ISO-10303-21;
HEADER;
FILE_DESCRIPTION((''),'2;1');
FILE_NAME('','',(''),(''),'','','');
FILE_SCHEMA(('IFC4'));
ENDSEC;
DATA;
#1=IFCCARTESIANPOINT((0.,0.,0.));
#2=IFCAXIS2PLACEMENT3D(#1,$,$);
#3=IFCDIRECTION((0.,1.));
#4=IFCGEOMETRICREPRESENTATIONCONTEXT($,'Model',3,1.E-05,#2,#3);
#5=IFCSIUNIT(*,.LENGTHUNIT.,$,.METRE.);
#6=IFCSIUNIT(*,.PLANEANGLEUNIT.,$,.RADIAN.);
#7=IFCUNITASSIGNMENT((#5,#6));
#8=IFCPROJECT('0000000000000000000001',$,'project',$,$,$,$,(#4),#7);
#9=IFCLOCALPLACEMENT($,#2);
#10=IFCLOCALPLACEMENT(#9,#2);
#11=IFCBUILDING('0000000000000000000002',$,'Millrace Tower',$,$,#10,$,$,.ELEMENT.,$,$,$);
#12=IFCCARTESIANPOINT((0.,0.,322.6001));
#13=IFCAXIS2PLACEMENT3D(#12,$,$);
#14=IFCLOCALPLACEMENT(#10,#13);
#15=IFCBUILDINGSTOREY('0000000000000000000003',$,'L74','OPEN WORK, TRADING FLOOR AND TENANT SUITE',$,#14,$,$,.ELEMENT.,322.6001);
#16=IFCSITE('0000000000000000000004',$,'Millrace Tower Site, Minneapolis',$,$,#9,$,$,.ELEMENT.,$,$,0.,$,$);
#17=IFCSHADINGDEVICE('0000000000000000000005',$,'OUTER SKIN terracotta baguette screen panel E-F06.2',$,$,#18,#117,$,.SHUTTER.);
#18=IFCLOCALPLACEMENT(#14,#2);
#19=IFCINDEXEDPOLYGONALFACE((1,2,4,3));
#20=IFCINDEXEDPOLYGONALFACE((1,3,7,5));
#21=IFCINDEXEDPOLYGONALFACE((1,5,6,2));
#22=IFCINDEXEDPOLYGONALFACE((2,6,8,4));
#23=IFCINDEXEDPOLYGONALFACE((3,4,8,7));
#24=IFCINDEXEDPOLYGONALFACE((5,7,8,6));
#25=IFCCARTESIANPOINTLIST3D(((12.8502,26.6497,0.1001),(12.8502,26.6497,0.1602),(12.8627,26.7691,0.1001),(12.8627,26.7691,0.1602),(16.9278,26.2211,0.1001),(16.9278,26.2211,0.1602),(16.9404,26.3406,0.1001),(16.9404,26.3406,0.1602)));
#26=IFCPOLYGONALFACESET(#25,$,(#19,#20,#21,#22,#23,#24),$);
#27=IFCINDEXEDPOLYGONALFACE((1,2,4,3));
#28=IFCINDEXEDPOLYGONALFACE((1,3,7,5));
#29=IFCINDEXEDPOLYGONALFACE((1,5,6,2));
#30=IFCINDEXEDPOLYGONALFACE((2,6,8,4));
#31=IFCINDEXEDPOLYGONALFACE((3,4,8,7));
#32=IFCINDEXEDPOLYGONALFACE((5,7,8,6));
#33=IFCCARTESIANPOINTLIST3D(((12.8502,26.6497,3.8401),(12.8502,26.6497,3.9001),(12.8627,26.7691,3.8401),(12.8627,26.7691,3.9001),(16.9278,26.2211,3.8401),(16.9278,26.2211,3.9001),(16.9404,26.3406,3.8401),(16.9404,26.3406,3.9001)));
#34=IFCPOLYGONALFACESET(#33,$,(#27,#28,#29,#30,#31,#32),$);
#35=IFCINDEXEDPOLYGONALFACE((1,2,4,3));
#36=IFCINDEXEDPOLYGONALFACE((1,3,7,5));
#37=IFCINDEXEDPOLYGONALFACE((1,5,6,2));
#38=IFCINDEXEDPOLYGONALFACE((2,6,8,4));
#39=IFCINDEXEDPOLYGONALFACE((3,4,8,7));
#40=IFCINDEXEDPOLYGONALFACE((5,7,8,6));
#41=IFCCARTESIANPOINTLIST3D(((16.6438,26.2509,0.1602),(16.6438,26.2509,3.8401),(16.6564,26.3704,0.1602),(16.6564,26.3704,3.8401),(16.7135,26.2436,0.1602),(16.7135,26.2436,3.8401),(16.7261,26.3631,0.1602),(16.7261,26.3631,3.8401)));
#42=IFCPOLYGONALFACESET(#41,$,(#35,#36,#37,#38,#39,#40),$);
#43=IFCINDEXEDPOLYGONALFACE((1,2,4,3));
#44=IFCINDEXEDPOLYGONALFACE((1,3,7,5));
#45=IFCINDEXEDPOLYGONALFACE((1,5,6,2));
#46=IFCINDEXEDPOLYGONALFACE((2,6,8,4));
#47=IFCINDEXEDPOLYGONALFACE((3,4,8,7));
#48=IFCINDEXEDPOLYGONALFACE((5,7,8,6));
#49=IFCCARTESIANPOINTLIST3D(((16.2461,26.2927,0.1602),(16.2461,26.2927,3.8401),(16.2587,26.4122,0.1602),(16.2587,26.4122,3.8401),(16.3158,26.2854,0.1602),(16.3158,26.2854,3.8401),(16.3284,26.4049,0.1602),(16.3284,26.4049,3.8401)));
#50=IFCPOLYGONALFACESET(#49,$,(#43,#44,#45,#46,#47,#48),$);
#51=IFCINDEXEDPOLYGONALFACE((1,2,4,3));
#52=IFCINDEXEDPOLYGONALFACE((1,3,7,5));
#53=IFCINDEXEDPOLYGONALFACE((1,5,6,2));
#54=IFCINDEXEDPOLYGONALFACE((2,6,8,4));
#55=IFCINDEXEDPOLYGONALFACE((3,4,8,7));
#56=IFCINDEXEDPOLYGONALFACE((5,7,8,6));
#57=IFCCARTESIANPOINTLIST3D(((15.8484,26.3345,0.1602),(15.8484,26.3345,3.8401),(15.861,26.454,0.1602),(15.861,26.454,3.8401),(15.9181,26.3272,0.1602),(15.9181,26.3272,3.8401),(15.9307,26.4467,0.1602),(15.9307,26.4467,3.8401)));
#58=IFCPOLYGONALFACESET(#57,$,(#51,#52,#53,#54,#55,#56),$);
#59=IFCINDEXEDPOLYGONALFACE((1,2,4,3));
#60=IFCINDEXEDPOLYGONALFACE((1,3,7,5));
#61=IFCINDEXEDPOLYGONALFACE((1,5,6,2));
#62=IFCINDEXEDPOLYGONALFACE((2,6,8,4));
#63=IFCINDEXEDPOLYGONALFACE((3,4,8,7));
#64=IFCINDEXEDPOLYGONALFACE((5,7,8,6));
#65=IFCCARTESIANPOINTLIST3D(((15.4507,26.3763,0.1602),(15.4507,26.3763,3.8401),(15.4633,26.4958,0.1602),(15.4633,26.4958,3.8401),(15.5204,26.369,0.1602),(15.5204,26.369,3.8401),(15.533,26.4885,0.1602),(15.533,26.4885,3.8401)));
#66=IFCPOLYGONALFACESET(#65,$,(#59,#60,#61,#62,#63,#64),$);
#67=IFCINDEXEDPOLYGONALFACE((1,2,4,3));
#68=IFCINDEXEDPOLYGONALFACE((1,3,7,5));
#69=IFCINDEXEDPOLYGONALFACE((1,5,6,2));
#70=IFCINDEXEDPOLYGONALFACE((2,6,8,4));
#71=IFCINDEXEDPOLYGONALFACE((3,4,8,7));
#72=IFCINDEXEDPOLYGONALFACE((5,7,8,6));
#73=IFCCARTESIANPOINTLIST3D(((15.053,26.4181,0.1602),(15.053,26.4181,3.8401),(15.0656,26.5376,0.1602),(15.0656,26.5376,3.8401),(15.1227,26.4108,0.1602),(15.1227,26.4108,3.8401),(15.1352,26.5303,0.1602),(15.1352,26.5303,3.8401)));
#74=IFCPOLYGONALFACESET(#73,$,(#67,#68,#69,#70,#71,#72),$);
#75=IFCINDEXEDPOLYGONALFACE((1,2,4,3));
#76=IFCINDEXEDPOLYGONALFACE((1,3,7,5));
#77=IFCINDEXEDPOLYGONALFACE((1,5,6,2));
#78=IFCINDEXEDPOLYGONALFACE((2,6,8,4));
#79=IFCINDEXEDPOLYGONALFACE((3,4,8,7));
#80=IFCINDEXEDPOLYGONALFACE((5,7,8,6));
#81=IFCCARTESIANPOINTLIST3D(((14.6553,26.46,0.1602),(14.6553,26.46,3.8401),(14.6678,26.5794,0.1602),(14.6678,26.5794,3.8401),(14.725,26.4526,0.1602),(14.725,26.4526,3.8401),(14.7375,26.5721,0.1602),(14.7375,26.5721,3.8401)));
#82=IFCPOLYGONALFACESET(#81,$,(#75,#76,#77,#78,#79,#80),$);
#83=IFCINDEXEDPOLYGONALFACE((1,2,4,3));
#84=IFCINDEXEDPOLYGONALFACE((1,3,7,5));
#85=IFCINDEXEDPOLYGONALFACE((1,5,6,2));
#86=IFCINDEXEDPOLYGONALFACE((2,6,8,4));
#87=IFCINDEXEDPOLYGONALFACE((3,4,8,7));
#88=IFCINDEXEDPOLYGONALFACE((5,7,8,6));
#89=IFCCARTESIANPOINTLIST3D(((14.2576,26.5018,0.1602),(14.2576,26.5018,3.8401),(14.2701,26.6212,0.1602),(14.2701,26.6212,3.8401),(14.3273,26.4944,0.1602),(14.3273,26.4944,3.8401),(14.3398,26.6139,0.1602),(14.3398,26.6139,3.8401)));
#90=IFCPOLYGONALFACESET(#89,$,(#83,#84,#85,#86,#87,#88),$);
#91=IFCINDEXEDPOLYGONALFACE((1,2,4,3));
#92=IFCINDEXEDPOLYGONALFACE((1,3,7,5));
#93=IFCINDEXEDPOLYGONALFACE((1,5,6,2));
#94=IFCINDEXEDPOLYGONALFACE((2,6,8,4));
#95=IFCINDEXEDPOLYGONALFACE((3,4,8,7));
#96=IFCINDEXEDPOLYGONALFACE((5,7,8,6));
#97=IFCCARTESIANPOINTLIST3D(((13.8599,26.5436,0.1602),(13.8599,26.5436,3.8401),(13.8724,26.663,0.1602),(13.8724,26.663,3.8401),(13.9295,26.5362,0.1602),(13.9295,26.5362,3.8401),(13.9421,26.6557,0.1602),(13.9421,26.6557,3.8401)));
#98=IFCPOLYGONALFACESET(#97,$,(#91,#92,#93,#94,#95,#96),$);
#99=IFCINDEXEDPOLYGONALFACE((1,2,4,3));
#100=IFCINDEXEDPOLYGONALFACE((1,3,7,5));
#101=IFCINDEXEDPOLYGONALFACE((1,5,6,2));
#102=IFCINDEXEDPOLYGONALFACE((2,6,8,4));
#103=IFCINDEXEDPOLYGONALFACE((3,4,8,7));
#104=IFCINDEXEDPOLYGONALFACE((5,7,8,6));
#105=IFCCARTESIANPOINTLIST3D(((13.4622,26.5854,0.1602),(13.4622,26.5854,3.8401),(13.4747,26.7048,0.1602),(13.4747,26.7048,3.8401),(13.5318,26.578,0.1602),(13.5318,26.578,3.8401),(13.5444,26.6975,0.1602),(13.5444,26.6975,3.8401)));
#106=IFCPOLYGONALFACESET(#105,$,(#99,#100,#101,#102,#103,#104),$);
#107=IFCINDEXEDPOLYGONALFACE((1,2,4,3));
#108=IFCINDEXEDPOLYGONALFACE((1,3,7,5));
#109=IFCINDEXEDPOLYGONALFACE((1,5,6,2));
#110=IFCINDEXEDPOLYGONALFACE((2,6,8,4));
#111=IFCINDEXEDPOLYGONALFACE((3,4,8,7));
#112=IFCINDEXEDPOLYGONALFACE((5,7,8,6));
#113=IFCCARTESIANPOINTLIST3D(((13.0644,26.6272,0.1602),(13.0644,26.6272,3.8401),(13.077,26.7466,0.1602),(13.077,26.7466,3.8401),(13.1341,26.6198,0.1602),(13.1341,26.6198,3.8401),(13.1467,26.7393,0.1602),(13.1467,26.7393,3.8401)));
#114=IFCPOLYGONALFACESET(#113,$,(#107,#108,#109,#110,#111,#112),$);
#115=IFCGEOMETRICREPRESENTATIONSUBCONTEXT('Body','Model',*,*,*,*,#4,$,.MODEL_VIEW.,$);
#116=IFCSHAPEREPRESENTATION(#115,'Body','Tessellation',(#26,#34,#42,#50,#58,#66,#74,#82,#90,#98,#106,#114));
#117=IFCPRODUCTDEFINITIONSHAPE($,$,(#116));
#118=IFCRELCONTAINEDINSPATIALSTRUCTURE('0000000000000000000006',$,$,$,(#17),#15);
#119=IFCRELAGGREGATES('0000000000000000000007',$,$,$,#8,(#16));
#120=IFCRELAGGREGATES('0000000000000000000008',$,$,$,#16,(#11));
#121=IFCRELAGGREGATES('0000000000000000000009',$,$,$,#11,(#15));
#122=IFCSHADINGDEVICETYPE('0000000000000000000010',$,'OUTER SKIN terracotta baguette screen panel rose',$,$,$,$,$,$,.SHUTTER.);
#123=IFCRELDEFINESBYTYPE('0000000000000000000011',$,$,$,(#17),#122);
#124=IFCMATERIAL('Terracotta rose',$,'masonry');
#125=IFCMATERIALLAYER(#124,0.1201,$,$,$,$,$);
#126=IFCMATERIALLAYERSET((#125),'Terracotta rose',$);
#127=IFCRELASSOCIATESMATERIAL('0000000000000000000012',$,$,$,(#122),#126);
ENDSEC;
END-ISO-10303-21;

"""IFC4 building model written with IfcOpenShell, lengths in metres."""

from ifc_helpers import new_model, entity, si_unit, direction, frame, frame_2d, origin, place, context, subcontext, project, spatial, rectangle, extrude, source, transform, mapped, material, layer, layer_set, type_object, element, save


model = new_model("IFC4")

# Units and contexts
model_context = context("Model", 3, precision=1e-05, world=origin(), true_north=direction((0.0, 1.0)))
body_context = subcontext(model_context, "Body", "Model", "MODEL_VIEW")
ifc_project = project(units=[si_unit("LENGTHUNIT", "METRE"), si_unit("PLANEANGLEUNIT", "RADIAN")], contexts=[model_context])

# Site, building, storey
site_placement = place(None, origin())
site = spatial("IfcSite", under=ifc_project, at=site_placement, Name="Millrace Tower Site, Minneapolis", CompositionType="ELEMENT", RefElevation=0.0)
building_placement = place(site_placement, origin())
building = spatial("IfcBuilding", under=site, at=building_placement, Name="Millrace Tower", CompositionType="ELEMENT")
storey_placement = place(building_placement, frame((0.0, 0.0, 322.6001)))
storey = spatial("IfcBuildingStorey", under=building, at=storey_placement, Name="L74", Description="OPEN WORK, TRADING FLOOR AND TENANT SUITE", CompositionType="ELEMENT", Elevation=322.6001)

# Shading device
ifc_material_1 = material(Name="Terracotta rose", Category="masonry")
ifc_layer_1 = layer(ifc_material_1, 0.1201)
ifc_layer_set_1 = layer_set([ifc_layer_1], Name="Terracotta rose")
shading_device_type = type_object("IfcShadingDeviceType", Name="OUTER SKIN terracotta baguette screen panel rose", PredefinedType="SHUTTER", material=ifc_layer_set_1)
cartesian_point_1 = entity("IfcCartesianPoint", [-2.05, 0.0601])
shared_polyline_1 = entity("IfcPolyline", [cartesian_point_1, entity("IfcCartesianPoint", [2.05, 0.0601]), entity("IfcCartesianPoint", [2.05, -0.0601]), entity("IfcCartesianPoint", [-2.05, -0.0601]), cartesian_point_1])
shared_shape_1 = source(origin(), body_context, "Body", "SweptSolid", [
    entity("IfcExtrudedAreaSolid", entity("IfcArbitraryClosedProfileDef", "AREA", None, shared_polyline_1), entity("IfcAxis2Placement3D", entity("IfcCartesianPoint", [0.0, 0.0, 0.0])), entity("IfcDirection", [0.0, 0.0, 1.0]), 0.0601),
    entity("IfcExtrudedAreaSolid", entity("IfcArbitraryClosedProfileDef", "AREA", None, shared_polyline_1), entity("IfcAxis2Placement3D", entity("IfcCartesianPoint", [0.0, 0.0, 3.74])), entity("IfcDirection", [0.0, 0.0, 1.0]), 0.0601),
    extrude(rectangle(XDim=0.0701, YDim=0.1201, at=frame_2d((-1.7996, 0.0))), frame((0.0, 0.0, 0.0601)), (0.0, 0.0, 1.0), 3.6799),
    extrude(rectangle(XDim=0.0701, YDim=0.1201, at=frame_2d((-1.3997, 0.0))), frame((0.0, 0.0, 0.0601)), (0.0, 0.0, 1.0), 3.6799),
    extrude(rectangle(XDim=0.0701, YDim=0.1201, at=frame_2d((-0.9998, 0.0))), frame((0.0, 0.0, 0.0601)), (0.0, 0.0, 1.0), 3.6799),
    extrude(rectangle(XDim=0.0701, YDim=0.1201, at=frame_2d((-0.5999, 0.0))), frame((0.0, 0.0, 0.0601)), (0.0, 0.0, 1.0), 3.6799),
    extrude(rectangle(XDim=0.0701, YDim=0.1201, at=frame_2d((-0.2, 0.0))), frame((0.0, 0.0, 0.0601)), (0.0, 0.0, 1.0), 3.6799),
    extrude(rectangle(XDim=0.0701, YDim=0.1201, at=frame_2d((0.2, 0.0))), frame((0.0, 0.0, 0.0601)), (0.0, 0.0, 1.0), 3.6799),
    extrude(rectangle(XDim=0.0701, YDim=0.1201, at=frame_2d((0.5999, 0.0))), frame((0.0, 0.0, 0.0601)), (0.0, 0.0, 1.0), 3.6799),
    extrude(rectangle(XDim=0.0701, YDim=0.1201, at=frame_2d((0.9998, 0.0))), frame((0.0, 0.0, 0.0601)), (0.0, 0.0, 1.0), 3.6799),
    extrude(rectangle(XDim=0.0701, YDim=0.1201, at=frame_2d((1.3997, 0.0))), frame((0.0, 0.0, 0.0601)), (0.0, 0.0, 1.0), 3.6799),
    extrude(rectangle(XDim=0.0701, YDim=0.1201, at=frame_2d((1.7996, 0.0))), frame((0.0, 0.0, 0.0601)), (0.0, 0.0, 1.0), 3.6799),
])
for number, where, z_axis, x_axis, name in (
    (1, (14.8953, 26.4951, 0.1001), (0.0, 0.0, 1.0), (-0.994522, 0.104528, 0.0), "OUTER SKIN terracotta baguette screen panel E-F06.2"),
):
    element("IfcShadingDevice", number, at=place(storey_placement, frame(where, z_axis=z_axis, x_axis=x_axis)), inside=storey, type_object=shading_device_type, Name=name, PredefinedType="SHUTTER", context=body_context, shape_type="MappedRepresentation", body=[
        mapped(shared_shape_1, transform((0.0, 0.0, 0.0), scale=1.0)),
    ])

save(model, "model.ifc")
